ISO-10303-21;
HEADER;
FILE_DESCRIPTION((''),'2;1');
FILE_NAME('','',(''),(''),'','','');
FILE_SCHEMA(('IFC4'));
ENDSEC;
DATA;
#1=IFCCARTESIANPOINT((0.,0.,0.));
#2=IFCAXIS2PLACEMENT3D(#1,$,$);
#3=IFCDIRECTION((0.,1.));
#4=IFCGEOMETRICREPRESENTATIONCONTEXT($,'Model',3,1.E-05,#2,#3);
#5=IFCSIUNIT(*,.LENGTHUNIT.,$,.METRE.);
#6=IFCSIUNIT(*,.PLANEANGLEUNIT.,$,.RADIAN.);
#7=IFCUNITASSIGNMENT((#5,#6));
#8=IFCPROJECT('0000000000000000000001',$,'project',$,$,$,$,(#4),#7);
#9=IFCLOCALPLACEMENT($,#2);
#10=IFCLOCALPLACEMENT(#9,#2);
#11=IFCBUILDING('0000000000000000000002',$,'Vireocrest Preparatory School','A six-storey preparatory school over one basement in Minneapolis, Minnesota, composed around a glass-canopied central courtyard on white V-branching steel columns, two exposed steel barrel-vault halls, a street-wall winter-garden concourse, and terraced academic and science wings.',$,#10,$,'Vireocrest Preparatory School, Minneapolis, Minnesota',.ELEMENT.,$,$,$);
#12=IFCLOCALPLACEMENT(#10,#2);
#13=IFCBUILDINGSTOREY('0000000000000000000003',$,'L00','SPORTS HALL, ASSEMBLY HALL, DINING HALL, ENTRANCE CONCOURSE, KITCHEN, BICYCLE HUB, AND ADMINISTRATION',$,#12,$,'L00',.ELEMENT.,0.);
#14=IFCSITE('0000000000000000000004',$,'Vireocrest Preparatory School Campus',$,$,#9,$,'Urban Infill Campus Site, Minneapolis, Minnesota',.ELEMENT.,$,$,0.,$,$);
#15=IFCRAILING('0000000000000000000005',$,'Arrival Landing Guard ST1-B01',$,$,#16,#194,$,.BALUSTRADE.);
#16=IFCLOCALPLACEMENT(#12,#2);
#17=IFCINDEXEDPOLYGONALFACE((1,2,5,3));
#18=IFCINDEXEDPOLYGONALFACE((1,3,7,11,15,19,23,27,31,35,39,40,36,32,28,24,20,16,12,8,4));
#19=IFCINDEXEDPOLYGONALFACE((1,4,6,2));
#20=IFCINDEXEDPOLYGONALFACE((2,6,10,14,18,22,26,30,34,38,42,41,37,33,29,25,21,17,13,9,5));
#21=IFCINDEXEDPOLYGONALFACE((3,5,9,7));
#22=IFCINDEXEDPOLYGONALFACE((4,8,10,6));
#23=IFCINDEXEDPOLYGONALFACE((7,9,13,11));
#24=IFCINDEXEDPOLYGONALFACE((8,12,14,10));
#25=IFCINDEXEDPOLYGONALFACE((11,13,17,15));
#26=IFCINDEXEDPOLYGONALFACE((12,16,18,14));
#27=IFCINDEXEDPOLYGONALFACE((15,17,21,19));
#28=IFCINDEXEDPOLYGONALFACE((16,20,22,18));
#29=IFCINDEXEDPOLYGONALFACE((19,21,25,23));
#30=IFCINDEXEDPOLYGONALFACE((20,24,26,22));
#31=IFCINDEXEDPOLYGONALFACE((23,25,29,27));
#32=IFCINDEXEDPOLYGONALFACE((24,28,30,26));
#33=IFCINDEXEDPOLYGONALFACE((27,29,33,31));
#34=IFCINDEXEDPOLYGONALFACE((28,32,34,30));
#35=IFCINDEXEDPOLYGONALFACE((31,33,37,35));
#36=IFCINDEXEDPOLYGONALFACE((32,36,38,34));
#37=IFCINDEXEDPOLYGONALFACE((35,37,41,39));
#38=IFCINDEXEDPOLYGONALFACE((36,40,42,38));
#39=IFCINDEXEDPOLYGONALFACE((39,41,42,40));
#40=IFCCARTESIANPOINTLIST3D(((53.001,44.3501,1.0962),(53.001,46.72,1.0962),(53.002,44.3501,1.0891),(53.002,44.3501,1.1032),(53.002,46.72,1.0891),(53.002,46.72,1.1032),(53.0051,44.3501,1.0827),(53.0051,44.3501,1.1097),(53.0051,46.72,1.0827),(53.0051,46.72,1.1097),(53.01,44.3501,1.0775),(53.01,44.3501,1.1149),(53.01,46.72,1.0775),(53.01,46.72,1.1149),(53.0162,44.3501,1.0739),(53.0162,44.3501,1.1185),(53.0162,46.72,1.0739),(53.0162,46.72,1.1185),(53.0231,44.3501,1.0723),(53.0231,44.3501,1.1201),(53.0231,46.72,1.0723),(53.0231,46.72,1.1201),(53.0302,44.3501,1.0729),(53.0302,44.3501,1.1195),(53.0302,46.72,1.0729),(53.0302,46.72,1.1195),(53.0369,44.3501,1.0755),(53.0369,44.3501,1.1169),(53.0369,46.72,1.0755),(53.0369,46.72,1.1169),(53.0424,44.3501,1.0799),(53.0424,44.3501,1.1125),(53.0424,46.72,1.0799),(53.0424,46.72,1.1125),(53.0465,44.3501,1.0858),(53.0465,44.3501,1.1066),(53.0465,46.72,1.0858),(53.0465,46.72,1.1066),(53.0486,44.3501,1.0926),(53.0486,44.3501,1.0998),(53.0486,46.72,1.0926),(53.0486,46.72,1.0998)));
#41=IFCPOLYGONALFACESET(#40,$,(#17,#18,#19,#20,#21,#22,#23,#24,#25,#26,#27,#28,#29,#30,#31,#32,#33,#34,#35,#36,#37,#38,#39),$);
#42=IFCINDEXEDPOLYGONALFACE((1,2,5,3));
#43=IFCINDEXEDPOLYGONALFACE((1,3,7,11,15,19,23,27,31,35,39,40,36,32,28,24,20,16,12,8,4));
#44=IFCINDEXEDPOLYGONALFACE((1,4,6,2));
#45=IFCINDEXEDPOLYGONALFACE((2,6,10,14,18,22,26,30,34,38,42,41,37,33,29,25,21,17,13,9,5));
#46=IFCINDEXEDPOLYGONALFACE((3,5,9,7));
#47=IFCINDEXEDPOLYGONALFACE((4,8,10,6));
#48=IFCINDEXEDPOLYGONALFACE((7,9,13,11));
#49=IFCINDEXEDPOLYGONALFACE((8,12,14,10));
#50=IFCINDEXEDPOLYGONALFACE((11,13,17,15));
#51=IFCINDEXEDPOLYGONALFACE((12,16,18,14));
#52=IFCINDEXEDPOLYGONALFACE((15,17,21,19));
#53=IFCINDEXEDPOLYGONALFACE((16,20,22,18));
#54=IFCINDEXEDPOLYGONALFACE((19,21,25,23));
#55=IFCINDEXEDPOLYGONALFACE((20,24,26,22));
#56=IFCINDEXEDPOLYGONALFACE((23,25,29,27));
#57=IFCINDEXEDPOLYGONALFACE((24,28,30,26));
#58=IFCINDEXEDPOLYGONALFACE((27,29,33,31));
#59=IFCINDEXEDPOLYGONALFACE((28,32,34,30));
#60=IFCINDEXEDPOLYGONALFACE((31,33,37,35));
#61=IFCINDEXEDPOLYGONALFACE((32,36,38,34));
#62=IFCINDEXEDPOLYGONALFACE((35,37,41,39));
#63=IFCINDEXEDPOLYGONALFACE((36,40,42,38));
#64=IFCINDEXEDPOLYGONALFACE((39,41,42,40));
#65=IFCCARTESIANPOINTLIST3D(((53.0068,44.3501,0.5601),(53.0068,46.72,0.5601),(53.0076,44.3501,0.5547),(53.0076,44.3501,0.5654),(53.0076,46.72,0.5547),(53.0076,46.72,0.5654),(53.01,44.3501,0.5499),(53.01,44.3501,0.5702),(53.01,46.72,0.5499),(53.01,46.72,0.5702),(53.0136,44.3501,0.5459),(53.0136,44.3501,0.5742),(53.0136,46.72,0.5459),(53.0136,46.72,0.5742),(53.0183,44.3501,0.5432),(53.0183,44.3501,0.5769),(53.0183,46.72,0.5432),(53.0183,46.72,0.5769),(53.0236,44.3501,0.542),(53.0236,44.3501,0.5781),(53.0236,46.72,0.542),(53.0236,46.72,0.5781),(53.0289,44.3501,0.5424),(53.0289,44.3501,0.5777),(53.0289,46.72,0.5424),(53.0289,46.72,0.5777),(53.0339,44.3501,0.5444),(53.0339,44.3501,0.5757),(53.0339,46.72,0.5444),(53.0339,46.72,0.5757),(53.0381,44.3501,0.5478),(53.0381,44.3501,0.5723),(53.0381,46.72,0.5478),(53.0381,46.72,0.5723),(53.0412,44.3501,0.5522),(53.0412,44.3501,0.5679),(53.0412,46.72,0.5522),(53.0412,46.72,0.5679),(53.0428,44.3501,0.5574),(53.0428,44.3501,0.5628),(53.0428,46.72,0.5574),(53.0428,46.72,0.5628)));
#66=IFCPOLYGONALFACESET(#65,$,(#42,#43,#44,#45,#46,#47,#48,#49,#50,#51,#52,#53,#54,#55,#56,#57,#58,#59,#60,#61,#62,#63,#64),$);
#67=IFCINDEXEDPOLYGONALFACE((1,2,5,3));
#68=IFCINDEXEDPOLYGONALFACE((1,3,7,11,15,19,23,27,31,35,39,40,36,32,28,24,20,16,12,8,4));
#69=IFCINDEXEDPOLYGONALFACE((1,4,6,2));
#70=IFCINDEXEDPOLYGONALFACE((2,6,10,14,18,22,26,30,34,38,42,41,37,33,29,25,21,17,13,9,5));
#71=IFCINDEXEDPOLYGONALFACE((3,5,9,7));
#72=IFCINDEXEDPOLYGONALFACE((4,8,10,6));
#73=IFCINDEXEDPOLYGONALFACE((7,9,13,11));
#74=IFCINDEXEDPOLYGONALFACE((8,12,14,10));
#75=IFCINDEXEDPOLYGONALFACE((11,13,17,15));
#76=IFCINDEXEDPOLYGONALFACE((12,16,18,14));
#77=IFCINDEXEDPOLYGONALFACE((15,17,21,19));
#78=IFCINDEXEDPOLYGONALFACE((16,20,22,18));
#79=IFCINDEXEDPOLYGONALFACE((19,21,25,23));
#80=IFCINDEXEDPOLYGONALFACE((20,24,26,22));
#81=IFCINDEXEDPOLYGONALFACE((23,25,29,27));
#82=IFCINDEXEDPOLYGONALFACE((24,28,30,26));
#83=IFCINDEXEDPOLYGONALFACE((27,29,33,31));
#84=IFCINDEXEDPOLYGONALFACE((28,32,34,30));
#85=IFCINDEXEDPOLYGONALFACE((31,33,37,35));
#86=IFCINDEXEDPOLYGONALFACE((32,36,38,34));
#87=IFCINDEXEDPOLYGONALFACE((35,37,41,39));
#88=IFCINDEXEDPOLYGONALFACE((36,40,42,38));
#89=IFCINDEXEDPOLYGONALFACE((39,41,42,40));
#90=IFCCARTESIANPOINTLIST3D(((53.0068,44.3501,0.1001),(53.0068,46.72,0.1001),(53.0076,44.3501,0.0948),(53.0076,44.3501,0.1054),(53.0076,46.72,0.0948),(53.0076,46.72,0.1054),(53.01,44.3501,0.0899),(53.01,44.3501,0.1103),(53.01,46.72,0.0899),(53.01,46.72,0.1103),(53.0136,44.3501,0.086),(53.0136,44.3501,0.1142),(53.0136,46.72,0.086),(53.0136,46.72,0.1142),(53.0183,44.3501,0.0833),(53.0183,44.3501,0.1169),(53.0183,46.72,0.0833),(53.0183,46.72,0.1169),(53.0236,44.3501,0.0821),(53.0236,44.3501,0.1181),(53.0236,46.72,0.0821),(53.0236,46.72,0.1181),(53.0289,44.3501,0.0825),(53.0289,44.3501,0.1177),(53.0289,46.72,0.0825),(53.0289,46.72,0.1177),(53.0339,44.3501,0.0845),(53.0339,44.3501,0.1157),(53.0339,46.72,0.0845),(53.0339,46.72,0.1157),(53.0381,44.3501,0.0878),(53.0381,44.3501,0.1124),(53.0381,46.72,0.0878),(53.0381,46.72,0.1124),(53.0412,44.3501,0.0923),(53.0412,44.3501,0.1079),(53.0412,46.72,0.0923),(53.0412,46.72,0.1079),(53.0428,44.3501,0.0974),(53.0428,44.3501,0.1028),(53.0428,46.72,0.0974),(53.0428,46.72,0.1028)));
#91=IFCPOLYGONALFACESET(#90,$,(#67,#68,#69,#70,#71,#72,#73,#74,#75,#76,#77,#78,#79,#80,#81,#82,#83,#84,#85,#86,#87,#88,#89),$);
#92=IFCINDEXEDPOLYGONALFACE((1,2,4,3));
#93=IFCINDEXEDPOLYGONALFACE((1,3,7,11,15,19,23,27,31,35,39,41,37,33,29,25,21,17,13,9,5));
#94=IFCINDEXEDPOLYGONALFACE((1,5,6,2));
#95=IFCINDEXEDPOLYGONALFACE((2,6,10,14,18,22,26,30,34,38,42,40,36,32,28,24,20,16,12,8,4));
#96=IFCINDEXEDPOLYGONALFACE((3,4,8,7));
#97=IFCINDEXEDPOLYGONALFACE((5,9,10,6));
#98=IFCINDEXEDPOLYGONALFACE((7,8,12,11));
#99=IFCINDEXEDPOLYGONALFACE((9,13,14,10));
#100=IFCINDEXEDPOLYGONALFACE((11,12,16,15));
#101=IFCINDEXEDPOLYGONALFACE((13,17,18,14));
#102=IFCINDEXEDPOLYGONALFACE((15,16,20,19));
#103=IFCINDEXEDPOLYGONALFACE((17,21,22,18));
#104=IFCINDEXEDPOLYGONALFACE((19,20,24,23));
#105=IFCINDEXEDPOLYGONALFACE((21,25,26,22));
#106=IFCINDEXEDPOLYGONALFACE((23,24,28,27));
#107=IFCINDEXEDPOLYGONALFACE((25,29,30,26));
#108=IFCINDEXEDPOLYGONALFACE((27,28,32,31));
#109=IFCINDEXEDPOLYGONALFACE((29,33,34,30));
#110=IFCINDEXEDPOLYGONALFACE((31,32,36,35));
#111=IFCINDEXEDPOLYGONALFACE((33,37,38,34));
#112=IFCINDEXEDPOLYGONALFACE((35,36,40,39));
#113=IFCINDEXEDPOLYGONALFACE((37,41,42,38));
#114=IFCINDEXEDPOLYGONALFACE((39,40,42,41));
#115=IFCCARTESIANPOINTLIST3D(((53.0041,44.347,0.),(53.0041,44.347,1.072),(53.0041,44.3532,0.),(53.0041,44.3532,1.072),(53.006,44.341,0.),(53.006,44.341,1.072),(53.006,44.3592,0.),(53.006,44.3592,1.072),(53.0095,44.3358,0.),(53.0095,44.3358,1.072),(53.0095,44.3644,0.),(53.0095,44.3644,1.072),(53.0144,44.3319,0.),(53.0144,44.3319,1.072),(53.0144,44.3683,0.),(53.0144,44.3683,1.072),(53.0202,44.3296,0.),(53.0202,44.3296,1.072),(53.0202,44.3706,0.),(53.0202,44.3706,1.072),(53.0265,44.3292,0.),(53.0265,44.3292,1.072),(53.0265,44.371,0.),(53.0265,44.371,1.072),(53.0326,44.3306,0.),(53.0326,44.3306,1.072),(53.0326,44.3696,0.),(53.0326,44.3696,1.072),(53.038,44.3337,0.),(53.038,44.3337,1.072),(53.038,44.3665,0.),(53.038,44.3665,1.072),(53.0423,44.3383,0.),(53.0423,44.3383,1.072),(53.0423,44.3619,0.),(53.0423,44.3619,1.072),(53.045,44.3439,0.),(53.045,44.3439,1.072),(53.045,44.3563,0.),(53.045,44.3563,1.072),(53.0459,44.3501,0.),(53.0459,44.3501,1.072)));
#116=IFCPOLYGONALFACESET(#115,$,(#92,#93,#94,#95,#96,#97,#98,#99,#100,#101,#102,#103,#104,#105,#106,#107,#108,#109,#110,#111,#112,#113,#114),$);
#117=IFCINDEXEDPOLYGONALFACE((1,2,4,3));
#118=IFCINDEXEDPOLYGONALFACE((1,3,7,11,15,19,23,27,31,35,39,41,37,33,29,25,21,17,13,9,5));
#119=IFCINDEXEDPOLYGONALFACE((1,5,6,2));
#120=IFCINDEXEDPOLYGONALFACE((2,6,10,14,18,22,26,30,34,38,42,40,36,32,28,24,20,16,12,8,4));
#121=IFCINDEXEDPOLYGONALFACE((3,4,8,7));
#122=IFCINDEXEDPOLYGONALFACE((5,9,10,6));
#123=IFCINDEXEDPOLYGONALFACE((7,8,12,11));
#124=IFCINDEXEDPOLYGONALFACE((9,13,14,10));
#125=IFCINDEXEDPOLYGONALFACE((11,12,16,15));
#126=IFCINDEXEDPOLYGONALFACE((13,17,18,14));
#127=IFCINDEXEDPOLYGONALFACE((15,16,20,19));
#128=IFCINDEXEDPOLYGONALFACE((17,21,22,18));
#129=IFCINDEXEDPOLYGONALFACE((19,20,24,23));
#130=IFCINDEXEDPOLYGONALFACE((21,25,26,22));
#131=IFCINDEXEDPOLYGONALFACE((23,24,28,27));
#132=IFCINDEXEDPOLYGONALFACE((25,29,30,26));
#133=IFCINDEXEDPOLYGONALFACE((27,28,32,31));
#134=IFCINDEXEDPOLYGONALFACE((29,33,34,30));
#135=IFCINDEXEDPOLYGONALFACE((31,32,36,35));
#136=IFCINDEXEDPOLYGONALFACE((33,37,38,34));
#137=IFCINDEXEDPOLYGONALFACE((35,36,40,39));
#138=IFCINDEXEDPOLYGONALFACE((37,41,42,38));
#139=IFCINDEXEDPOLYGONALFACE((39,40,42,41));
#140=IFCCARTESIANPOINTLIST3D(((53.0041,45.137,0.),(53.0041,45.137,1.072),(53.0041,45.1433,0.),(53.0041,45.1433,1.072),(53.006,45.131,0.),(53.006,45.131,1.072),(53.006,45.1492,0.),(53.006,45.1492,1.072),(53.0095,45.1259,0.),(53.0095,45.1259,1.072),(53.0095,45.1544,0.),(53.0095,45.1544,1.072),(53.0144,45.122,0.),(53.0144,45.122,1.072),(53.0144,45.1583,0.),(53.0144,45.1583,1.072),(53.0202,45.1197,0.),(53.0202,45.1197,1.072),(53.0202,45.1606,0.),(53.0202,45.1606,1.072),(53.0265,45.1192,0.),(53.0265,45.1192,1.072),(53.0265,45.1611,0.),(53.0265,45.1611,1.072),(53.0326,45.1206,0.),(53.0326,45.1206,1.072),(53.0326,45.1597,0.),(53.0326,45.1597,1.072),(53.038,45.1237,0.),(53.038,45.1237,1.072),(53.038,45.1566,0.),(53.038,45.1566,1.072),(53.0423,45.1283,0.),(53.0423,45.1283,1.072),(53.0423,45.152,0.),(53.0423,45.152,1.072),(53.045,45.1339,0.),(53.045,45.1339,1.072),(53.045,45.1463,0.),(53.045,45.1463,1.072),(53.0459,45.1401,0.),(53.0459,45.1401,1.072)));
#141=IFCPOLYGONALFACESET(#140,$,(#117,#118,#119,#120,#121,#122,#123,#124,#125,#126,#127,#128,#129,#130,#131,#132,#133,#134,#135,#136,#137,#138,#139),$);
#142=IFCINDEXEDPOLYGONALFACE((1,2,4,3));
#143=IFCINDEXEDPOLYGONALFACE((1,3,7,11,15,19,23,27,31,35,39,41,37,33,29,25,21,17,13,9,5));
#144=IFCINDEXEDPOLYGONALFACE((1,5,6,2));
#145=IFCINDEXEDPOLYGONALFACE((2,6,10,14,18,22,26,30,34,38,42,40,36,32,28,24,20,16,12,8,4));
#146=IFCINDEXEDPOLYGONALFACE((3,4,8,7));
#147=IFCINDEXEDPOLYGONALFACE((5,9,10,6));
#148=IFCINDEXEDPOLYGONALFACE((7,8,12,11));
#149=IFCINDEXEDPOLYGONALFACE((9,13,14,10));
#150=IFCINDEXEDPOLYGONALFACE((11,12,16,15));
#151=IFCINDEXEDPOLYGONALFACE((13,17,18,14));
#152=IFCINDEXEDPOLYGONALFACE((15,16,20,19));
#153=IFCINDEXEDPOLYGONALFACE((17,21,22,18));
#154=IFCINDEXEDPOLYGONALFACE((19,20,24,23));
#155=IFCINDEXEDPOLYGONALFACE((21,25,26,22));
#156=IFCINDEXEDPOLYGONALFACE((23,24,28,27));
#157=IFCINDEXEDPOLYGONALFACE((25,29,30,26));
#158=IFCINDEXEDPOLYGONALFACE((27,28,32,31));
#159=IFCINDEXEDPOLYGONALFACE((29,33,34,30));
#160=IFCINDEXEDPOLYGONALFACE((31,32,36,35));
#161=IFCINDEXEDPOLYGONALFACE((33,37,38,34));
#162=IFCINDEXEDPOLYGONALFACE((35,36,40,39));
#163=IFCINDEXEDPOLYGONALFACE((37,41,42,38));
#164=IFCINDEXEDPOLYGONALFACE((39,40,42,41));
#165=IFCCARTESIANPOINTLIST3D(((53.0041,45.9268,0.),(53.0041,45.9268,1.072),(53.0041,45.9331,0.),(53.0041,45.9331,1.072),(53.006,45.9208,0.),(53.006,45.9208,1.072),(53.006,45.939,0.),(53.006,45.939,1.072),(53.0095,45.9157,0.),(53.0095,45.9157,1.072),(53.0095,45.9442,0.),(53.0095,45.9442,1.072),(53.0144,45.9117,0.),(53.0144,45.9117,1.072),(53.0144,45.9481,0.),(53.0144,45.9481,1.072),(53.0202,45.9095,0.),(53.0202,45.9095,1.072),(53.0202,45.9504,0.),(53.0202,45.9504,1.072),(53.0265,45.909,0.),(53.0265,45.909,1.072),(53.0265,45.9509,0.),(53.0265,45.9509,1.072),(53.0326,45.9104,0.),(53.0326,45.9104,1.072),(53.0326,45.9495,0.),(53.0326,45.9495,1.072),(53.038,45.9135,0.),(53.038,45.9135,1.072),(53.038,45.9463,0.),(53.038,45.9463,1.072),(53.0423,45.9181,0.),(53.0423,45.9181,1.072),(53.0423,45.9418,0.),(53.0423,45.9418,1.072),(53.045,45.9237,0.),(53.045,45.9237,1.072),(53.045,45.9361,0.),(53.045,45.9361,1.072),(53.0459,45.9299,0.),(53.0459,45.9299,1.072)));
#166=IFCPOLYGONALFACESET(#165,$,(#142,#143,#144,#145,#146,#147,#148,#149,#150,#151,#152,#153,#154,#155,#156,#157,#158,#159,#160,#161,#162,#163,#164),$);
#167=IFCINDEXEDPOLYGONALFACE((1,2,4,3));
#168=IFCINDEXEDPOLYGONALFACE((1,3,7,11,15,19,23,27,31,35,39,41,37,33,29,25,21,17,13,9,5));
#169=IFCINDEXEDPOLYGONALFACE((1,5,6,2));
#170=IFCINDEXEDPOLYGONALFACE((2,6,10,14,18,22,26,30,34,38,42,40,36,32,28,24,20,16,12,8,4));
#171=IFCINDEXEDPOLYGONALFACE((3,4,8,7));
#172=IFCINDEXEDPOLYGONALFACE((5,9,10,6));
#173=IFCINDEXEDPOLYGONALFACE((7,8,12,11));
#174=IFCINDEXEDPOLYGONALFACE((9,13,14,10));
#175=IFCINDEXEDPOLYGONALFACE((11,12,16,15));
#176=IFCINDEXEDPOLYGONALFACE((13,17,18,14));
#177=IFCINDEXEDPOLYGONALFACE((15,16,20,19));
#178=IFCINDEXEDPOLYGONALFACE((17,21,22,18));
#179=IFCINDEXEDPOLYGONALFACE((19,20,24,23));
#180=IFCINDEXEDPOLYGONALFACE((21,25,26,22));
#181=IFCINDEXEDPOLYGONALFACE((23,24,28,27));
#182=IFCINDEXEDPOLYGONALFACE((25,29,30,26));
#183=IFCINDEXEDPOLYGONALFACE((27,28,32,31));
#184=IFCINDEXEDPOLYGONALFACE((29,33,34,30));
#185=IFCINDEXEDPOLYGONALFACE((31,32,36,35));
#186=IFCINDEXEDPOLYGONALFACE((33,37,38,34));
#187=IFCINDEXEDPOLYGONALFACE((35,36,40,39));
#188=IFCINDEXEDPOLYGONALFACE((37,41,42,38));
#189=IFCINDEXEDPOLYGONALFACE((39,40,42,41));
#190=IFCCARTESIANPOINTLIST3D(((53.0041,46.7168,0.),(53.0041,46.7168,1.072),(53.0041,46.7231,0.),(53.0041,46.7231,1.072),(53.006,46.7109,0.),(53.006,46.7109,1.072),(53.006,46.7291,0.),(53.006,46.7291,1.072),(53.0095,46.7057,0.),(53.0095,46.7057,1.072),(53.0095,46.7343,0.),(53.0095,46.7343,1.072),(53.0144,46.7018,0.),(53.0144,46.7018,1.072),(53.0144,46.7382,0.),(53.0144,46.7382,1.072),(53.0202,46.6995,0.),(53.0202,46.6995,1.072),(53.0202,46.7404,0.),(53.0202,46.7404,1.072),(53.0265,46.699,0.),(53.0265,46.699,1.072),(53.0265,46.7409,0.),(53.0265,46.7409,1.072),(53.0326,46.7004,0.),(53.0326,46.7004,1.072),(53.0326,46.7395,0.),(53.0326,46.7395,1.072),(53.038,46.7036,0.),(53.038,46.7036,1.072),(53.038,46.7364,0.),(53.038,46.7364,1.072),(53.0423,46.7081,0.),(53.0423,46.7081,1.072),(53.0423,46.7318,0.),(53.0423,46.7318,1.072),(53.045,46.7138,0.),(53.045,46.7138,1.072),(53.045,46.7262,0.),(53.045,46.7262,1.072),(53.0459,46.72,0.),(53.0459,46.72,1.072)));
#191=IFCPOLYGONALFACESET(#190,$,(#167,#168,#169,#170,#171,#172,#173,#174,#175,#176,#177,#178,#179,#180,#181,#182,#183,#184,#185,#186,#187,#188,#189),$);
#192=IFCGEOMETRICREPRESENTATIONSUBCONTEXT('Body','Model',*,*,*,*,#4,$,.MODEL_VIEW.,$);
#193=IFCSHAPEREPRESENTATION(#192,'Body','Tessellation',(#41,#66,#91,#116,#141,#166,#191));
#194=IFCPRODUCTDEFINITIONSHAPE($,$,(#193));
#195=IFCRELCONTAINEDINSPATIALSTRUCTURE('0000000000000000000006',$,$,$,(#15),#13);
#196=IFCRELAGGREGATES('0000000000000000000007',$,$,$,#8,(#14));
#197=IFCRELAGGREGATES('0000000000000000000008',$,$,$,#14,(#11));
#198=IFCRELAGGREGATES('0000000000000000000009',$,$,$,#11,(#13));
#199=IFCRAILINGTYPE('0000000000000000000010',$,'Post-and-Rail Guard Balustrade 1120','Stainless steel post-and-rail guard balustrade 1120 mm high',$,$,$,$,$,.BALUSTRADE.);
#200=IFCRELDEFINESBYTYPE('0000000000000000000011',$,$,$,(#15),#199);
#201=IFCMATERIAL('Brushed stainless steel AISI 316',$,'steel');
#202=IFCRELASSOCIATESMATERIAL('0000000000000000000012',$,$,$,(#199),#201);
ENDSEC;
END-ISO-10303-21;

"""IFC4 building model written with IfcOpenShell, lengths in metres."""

from ifc_helpers import new_model, si_unit, direction, frame, origin, origin_2d, place, context, subcontext, project, spatial, circle, extrude, material, type_object, element, save


model = new_model("IFC4")

# Units and contexts
model_context = context("Model", 3, precision=1e-05, world=origin(), true_north=direction((0.0, 1.0)))
body_context = subcontext(model_context, "Body", "Model", "MODEL_VIEW")
ifc_project = project(units=[si_unit("LENGTHUNIT", "METRE"), si_unit("PLANEANGLEUNIT", "RADIAN")], contexts=[model_context])

# Site, building, storey
site_placement = place(None, origin())
site = spatial("IfcSite", under=ifc_project, at=site_placement, Name="Vireocrest Preparatory School Campus", LongName="Urban Infill Campus Site, Minneapolis, Minnesota", CompositionType="ELEMENT", RefElevation=0.0)
building_placement = place(site_placement, origin())
building = spatial("IfcBuilding", under=site, at=building_placement, Name="Vireocrest Preparatory School", Description="A six-storey preparatory school over one basement in Minneapolis, Minnesota, composed around a glass-canopied central courtyard on white V-branching steel columns, two exposed steel barrel-vault halls, a street-wall winter-garden concourse, and terraced academic and science wings.", LongName="Vireocrest Preparatory School, Minneapolis, Minnesota", CompositionType="ELEMENT")
storey_placement = place(building_placement, origin())
storey = spatial("IfcBuildingStorey", under=building, at=storey_placement, Name="L00", Description="SPORTS HALL, ASSEMBLY HALL, DINING HALL, ENTRANCE CONCOURSE, KITCHEN, BICYCLE HUB, AND ADMINISTRATION", LongName="L00", CompositionType="ELEMENT", Elevation=0.0)

# Railing
ifc_material_1 = material(Name="Brushed stainless steel AISI 316", Category="steel")
railing_type_1 = type_object("IfcRailingType", Name="Post-and-Rail Guard Balustrade 1120", Description="Stainless steel post-and-rail guard balustrade 1120 mm high", PredefinedType="BALUSTRADE", material=ifc_material_1)
railing_1_placement = place(storey_placement, frame((53.0249, 44.3501, 0.0)))
element("IfcRailing", 1, at=railing_1_placement, inside=storey, type_object=railing_type_1, Name="Arrival Landing Guard ST1-B01", PredefinedType="BALUSTRADE", context=body_context, shape_type="SweptSolid", body=[
    extrude(circle(Radius=0.0239, at=origin_2d()), frame((0.0, 0.0, 1.0962), z_axis=(0.0, 1.0, 0.0), x_axis=(-1.0, 0.0, 0.0)), (0.0, 0.0, 1.0), 2.3699),
    extrude(circle(Radius=0.0181, at=origin_2d()), frame((0.0, 0.0, 0.5601), z_axis=(0.0, 1.0, 0.0), x_axis=(-1.0, 0.0, 0.0)), (0.0, 0.0, 1.0), 2.3699),
    extrude(circle(Radius=0.0181, at=origin_2d()), frame((0.0, 0.0, 0.1001), z_axis=(0.0, 1.0, 0.0), x_axis=(-1.0, 0.0, 0.0)), (0.0, 0.0, 1.0), 2.3699),
    extrude(circle(Radius=0.021, at=origin_2d()), origin(), (0.0, 0.0, 1.0), 1.072),
    extrude(circle(Radius=0.021, at=origin_2d()), frame((0.0, 0.79, 0.0)), (0.0, 0.0, 1.0), 1.072),
    extrude(circle(Radius=0.021, at=origin_2d()), frame((0.0, 1.5798, 0.0)), (0.0, 0.0, 1.0), 1.072),
    extrude(circle(Radius=0.021, at=origin_2d()), frame((0.0, 2.3699, 0.0)), (0.0, 0.0, 1.0), 1.072),
])

save(model, "model.ifc")
